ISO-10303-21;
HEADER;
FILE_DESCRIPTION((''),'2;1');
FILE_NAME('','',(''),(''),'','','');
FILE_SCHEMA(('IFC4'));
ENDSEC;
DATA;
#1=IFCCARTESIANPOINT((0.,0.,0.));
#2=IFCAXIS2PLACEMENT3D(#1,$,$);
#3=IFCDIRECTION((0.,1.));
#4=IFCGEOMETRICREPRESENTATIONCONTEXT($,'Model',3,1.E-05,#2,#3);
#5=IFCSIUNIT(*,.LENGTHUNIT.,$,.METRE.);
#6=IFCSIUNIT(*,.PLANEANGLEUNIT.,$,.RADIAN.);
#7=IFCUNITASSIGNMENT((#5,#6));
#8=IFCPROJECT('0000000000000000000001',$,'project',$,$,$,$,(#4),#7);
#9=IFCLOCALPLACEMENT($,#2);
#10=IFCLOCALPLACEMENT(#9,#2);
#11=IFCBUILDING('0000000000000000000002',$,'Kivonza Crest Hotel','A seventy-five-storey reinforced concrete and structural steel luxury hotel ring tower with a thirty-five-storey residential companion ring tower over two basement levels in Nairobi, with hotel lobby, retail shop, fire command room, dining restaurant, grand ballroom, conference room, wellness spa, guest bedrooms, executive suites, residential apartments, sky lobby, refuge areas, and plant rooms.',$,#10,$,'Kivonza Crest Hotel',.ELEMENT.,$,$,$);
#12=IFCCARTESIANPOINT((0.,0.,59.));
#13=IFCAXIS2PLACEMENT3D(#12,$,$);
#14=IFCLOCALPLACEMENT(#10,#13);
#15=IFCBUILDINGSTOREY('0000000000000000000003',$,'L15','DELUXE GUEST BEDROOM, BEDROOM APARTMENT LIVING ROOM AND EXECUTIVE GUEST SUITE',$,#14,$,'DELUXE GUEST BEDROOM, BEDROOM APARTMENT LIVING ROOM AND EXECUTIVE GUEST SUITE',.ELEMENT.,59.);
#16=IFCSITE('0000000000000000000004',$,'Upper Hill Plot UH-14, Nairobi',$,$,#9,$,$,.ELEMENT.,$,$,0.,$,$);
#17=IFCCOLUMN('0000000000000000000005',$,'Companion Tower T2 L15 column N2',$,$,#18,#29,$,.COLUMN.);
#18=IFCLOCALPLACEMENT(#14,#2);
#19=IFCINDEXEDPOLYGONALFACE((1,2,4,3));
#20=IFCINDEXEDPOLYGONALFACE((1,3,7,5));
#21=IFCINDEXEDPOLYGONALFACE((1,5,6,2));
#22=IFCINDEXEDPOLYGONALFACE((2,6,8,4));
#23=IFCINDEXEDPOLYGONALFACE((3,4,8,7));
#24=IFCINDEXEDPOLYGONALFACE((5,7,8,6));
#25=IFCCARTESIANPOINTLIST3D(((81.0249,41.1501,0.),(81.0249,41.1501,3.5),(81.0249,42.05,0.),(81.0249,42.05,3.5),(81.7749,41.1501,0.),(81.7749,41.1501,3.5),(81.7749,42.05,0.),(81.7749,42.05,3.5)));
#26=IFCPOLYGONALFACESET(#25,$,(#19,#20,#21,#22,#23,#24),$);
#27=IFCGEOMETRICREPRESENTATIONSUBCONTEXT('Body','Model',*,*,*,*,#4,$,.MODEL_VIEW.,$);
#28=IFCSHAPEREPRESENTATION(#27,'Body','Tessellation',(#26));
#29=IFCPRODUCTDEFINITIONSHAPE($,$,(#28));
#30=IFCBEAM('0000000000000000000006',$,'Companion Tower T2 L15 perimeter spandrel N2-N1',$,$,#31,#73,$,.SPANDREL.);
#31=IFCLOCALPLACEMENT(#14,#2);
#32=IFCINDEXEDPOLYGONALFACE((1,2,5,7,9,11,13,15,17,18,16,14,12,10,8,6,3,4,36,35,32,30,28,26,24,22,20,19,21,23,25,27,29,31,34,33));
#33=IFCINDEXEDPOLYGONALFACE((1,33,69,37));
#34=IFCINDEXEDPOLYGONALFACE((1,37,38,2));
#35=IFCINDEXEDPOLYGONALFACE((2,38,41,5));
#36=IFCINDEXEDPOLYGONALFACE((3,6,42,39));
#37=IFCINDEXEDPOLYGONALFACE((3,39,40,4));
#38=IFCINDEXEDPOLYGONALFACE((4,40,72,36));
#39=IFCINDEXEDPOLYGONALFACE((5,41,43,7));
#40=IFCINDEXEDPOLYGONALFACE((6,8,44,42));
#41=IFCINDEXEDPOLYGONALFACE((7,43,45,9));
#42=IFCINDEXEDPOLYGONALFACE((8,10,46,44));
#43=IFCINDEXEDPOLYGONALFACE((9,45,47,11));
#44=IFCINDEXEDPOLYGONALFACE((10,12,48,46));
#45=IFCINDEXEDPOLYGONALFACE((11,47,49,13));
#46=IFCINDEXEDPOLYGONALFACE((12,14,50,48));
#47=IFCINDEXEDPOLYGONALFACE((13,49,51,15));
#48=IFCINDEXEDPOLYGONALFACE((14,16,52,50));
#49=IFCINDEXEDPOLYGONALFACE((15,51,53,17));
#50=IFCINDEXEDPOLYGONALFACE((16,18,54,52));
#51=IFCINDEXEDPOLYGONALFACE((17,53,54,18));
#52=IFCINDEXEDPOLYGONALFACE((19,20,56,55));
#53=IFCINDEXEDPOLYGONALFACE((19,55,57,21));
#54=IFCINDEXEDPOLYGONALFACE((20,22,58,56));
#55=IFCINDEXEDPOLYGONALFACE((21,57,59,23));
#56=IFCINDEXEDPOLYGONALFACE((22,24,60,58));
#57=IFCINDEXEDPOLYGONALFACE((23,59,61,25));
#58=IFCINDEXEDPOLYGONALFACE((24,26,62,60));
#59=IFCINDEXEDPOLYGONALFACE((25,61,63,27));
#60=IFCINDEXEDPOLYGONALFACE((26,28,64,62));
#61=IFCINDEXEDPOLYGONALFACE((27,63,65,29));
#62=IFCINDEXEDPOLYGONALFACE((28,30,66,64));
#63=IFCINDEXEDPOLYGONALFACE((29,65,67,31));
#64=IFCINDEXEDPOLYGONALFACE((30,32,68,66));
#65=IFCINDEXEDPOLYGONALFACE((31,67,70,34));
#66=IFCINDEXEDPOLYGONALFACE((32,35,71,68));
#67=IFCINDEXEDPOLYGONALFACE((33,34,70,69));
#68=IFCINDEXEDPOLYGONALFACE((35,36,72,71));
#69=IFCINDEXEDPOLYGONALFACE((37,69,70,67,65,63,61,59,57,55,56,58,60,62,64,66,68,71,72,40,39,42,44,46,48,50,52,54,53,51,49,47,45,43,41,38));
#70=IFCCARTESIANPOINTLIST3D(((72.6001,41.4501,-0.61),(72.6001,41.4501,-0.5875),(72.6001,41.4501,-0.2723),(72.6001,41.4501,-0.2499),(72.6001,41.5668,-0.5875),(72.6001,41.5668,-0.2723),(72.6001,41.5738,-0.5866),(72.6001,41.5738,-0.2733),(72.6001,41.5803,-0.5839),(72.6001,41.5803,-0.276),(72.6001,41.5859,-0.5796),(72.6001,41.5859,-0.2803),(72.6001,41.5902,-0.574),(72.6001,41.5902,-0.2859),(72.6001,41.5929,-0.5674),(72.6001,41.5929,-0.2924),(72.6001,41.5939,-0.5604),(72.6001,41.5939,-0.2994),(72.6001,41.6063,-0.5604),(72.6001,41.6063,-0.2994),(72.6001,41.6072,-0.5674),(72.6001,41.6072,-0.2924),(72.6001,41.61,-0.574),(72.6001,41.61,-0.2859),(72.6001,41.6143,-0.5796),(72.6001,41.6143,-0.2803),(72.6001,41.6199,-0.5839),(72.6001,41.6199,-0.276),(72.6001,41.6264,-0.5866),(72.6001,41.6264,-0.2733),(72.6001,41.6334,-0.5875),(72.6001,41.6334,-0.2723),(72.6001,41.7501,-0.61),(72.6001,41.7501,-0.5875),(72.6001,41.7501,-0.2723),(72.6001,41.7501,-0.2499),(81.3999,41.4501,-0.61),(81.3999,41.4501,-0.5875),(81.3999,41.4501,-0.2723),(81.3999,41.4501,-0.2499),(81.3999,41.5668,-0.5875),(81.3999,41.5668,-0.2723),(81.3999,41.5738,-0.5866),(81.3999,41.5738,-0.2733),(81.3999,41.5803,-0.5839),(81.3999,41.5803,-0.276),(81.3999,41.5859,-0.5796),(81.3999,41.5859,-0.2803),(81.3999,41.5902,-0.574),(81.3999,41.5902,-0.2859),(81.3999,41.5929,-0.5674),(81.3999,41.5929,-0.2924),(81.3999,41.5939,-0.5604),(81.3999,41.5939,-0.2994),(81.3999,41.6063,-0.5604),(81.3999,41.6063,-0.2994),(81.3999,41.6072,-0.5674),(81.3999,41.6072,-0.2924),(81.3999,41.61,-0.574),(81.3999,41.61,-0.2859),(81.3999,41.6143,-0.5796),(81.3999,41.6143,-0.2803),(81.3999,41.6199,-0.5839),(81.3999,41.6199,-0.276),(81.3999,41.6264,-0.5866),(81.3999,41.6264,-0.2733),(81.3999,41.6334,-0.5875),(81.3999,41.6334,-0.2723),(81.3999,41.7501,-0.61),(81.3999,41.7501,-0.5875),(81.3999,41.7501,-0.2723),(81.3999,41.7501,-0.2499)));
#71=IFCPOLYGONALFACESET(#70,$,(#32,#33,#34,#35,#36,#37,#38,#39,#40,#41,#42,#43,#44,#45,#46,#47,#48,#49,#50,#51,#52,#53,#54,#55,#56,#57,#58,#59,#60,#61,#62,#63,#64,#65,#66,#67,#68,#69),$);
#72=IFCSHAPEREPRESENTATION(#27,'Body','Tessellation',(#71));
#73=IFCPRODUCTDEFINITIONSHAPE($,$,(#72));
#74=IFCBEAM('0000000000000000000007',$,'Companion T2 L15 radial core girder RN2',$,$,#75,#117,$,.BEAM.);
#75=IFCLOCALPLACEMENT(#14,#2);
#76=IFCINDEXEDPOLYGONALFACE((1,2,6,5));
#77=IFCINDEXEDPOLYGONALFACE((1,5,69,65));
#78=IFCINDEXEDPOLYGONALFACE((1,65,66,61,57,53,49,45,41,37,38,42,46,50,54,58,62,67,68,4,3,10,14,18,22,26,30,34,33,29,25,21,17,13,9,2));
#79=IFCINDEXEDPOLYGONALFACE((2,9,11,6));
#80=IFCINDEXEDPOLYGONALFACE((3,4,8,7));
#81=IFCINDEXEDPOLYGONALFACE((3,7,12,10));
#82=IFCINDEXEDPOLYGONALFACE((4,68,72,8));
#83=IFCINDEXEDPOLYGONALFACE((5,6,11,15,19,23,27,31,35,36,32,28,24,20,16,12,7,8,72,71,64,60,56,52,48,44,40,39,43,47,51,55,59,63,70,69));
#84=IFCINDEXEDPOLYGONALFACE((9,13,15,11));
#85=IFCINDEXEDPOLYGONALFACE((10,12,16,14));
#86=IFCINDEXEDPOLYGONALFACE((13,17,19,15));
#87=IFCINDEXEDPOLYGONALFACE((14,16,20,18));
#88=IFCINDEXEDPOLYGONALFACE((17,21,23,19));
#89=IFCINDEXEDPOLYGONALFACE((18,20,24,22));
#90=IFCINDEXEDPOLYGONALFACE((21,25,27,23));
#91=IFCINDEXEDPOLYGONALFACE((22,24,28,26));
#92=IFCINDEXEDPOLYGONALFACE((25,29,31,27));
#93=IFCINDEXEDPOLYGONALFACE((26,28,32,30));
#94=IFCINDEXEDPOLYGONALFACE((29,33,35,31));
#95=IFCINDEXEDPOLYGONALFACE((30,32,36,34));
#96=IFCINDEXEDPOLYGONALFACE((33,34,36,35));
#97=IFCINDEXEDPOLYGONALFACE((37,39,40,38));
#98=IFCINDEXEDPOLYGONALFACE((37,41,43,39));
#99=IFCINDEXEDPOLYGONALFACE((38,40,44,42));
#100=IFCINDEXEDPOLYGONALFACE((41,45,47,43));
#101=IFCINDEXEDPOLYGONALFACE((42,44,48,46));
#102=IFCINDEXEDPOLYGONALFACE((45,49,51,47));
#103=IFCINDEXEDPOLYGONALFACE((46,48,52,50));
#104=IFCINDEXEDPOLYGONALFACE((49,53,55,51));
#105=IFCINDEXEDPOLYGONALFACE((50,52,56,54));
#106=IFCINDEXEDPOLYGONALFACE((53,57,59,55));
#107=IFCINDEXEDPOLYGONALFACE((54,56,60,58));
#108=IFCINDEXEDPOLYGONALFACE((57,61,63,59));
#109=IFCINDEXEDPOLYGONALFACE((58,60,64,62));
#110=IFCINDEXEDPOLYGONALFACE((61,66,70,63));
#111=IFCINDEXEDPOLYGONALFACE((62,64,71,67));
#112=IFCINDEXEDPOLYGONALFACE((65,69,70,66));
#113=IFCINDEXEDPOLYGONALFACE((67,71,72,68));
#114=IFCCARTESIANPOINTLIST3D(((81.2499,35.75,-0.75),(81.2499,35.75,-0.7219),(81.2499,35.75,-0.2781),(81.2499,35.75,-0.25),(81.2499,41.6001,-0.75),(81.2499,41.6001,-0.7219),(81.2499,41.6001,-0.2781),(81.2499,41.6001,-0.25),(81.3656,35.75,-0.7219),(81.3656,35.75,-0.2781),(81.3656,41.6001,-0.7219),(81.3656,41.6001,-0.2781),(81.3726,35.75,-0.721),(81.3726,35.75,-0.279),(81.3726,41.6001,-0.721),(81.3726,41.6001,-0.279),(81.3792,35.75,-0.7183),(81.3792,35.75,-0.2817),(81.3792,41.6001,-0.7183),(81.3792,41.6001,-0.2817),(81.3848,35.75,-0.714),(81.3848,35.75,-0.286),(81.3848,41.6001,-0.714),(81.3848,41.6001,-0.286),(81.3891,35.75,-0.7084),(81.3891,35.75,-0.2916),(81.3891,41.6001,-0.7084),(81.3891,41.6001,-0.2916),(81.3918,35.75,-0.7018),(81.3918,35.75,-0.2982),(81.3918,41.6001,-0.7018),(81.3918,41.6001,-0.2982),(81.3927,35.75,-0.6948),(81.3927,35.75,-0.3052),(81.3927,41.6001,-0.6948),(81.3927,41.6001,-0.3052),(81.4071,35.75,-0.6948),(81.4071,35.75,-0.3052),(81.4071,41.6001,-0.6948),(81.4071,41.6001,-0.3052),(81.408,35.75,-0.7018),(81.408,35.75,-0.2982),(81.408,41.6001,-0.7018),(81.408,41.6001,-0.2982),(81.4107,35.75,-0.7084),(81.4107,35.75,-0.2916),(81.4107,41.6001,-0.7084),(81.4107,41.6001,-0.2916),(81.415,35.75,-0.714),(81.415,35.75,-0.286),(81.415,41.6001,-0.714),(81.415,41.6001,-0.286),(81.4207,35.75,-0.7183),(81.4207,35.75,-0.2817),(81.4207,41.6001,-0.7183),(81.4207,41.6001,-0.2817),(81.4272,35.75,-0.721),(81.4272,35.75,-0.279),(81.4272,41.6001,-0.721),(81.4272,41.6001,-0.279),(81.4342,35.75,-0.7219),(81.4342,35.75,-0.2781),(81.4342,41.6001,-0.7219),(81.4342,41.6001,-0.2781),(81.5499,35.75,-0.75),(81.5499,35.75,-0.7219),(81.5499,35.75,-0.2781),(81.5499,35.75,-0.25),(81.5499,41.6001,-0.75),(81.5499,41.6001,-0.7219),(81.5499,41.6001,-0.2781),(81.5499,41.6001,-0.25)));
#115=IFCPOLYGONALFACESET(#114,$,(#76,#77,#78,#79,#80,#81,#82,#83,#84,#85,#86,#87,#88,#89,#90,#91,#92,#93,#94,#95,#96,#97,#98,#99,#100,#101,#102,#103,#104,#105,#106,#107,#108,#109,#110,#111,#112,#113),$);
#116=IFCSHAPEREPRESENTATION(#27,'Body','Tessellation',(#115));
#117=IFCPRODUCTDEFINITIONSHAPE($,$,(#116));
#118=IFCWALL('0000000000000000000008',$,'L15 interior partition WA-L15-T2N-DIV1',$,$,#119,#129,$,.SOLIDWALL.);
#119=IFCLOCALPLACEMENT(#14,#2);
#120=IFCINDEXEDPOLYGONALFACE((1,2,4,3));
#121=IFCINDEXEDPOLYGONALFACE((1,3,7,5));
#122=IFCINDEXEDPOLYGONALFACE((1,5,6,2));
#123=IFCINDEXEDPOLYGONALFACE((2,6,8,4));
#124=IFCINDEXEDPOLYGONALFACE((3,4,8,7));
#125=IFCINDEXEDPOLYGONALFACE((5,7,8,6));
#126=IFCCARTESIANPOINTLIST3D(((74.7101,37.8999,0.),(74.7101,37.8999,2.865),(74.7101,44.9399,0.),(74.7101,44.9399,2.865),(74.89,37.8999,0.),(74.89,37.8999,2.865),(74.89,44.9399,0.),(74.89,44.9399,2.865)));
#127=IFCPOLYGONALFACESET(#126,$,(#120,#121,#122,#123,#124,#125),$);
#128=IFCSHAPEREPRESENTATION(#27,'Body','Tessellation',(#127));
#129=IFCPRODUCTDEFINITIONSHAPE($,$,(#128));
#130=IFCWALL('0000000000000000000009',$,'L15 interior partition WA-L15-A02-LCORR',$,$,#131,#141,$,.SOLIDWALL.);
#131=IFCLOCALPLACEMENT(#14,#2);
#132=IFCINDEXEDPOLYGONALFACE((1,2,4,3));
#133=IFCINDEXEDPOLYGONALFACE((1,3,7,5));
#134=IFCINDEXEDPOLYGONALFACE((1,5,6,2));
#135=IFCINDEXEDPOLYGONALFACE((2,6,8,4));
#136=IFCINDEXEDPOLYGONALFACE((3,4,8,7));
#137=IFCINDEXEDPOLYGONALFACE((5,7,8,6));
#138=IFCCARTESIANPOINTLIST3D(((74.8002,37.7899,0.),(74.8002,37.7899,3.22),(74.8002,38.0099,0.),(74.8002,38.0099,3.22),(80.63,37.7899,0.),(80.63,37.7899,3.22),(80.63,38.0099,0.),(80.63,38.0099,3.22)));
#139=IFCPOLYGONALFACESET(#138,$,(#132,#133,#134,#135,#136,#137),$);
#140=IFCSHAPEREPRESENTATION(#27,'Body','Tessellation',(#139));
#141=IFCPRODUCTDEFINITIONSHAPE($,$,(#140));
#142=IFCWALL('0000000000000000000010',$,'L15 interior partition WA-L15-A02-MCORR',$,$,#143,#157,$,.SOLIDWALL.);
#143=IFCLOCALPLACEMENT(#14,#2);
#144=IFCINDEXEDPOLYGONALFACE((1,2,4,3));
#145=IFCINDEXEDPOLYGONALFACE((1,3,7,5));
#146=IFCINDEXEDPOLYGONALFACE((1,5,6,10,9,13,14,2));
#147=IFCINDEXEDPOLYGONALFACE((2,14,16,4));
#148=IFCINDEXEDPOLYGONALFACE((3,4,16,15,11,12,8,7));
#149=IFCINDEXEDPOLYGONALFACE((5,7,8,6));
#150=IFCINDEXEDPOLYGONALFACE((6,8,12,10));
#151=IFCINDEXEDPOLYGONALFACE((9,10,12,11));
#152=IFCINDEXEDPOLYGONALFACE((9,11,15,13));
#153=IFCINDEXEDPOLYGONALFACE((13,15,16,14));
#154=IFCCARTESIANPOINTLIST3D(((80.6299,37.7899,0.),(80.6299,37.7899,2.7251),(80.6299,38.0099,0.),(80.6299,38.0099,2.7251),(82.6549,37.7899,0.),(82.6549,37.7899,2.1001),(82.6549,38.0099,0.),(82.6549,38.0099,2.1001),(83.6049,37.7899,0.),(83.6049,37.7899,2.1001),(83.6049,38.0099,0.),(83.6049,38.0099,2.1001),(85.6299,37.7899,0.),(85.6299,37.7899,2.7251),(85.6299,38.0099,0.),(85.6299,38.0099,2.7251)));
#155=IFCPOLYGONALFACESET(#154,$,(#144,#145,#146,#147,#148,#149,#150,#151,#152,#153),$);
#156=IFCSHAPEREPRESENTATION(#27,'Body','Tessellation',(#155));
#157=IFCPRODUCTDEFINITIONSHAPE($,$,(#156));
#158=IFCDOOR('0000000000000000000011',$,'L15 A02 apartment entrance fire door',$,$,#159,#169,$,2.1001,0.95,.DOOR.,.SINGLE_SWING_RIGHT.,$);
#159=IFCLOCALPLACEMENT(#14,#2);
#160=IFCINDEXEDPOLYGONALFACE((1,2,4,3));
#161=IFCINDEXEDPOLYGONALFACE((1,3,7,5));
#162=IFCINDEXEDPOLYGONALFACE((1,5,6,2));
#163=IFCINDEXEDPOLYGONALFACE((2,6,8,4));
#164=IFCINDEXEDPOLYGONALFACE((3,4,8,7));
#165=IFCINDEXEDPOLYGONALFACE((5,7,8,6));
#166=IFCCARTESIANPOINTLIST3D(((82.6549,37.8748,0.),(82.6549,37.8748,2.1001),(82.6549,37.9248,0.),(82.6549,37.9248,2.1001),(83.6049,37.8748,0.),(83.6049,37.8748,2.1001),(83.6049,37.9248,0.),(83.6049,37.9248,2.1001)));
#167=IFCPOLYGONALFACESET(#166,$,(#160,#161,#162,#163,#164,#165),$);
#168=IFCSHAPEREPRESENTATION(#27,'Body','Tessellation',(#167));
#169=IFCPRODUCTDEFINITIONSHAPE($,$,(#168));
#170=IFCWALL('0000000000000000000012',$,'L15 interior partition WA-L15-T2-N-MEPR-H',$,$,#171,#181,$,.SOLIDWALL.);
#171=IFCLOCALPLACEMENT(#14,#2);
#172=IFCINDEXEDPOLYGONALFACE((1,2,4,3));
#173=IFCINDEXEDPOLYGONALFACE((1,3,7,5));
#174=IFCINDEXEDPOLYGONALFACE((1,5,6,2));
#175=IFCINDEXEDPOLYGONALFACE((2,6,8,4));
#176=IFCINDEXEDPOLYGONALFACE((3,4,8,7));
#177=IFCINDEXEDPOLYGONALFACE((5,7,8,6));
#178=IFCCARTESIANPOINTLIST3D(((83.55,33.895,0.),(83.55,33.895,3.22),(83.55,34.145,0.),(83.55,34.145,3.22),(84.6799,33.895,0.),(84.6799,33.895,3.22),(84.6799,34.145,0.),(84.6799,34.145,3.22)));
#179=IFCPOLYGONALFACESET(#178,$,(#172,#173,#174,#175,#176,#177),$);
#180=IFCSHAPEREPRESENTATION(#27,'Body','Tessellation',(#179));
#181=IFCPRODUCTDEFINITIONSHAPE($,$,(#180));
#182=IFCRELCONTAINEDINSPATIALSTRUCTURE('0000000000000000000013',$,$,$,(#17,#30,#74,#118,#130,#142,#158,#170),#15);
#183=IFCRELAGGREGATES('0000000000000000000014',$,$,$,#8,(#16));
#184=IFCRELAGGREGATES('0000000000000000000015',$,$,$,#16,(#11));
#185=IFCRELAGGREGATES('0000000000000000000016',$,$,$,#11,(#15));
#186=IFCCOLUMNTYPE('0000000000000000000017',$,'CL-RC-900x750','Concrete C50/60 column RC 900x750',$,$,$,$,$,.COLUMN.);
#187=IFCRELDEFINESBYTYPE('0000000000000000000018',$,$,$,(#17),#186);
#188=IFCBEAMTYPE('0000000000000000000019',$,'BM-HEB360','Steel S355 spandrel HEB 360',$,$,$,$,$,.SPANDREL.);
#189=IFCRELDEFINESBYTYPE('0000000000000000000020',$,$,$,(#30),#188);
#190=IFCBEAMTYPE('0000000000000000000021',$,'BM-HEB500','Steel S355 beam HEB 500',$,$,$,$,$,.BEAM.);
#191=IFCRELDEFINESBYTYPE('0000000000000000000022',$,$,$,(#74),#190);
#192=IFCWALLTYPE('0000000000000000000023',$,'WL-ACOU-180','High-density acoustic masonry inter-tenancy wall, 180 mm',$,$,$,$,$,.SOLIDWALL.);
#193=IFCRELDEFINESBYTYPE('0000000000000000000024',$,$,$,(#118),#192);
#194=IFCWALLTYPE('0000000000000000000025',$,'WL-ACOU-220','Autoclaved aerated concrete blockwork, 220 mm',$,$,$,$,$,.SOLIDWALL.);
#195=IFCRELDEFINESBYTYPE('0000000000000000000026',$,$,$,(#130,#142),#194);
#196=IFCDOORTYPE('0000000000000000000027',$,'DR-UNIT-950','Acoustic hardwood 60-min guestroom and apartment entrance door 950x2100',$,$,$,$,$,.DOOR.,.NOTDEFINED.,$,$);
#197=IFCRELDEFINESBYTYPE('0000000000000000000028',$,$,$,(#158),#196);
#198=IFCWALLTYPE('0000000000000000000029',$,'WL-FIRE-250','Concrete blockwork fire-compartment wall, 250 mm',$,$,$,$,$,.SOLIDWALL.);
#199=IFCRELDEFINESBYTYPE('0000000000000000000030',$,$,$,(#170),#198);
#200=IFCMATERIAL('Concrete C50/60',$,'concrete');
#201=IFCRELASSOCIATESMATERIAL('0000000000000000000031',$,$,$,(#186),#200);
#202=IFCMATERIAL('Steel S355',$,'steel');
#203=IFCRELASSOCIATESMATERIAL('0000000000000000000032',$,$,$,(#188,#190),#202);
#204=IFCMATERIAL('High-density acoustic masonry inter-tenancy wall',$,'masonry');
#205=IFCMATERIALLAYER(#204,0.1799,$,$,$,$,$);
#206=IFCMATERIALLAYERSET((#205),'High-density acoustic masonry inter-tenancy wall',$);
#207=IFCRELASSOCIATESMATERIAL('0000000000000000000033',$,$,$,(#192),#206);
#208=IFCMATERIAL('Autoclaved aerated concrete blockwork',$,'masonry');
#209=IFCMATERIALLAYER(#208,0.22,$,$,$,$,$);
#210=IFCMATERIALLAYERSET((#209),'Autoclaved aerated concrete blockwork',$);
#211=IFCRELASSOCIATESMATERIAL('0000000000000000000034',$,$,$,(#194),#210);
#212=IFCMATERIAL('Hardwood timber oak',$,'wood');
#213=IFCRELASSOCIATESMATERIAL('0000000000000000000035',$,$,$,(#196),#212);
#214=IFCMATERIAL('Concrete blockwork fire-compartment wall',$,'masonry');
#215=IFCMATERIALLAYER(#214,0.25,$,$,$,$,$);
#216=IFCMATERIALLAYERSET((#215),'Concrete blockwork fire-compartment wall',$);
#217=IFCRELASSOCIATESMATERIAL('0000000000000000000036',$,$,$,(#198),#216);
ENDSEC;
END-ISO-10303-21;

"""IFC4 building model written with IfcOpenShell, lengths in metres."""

from ifc_helpers import new_model, si_unit, direction, frame, frame_2d, origin, origin_2d, place, context, subcontext, project, spatial, rectangle, i_section, extrude, material, layer, layer_set, material_profile, profile_set, type_object, element, fill, save


model = new_model("IFC4")

# Units and contexts
model_context = context("Model", 3, precision=1e-05, world=origin(), true_north=direction((0.0, 1.0)))
body_context = subcontext(model_context, "Body", "Model", "MODEL_VIEW")
ifc_project = project(units=[si_unit("LENGTHUNIT", "METRE"), si_unit("PLANEANGLEUNIT", "RADIAN")], contexts=[model_context])

# Site, building, storey
site_placement = place(None, origin())
site = spatial("IfcSite", under=ifc_project, at=site_placement, Name="Upper Hill Plot UH-14, Nairobi", CompositionType="ELEMENT", RefElevation=0.0)
building_placement = place(site_placement, origin())
building = spatial("IfcBuilding", under=site, at=building_placement, Name="Kivonza Crest Hotel", Description="A seventy-five-storey reinforced concrete and structural steel luxury hotel ring tower with a thirty-five-storey residential companion ring tower over two basement levels in Nairobi, with hotel lobby, retail shop, fire command room, dining restaurant, grand ballroom, conference room, wellness spa, guest bedrooms, executive suites, residential apartments, sky lobby, refuge areas, and plant rooms.", LongName="Kivonza Crest Hotel", CompositionType="ELEMENT")
storey_placement = place(building_placement, frame((0.0, 0.0, 59.0)))
storey = spatial("IfcBuildingStorey", under=building, at=storey_placement, Name="L15", Description="DELUXE GUEST BEDROOM, BEDROOM APARTMENT LIVING ROOM AND EXECUTIVE GUEST SUITE", LongName="DELUXE GUEST BEDROOM, BEDROOM APARTMENT LIVING ROOM AND EXECUTIVE GUEST SUITE", CompositionType="ELEMENT", Elevation=59.0)

# Column
ifc_material_1 = material(Name="Concrete C50/60", Category="concrete")
ifc_material_profile_1 = material_profile(ifc_material_1, rectangle(XDim=0.75, YDim=0.8999, at=origin_2d()), Name="RC 900x750")
ifc_profile_set_1 = profile_set([ifc_material_profile_1], Name="Concrete C50/60")
column_type = type_object("IfcColumnType", Name="CL-RC-900x750", Description="Concrete C50/60 column RC 900x750", PredefinedType="COLUMN", material=ifc_profile_set_1)
column_placement = place(storey_placement, frame((81.3999, 41.6001, 0.0), z_axis=(0.0, 0.0, 1.0), x_axis=(1.0, 0.0, 0.0)))
element("IfcColumn", 1, at=column_placement, inside=storey, type_object=column_type, Name="Companion Tower T2 L15 column N2", PredefinedType="COLUMN", context=body_context, shape_type="SweptSolid", body=[
    extrude(rectangle(XDim=0.75, YDim=0.8999, at=origin_2d()), origin(), (0.0, 0.0, 1.0), 3.5),
])

# Beams
ifc_material_2 = material(Name="Steel S355", Category="steel")
ifc_material_profile_2 = material_profile(ifc_material_2, i_section(OverallWidth=0.3, OverallDepth=0.3601, WebThickness=0.0125, FlangeThickness=0.0225, FilletRadius=0.0271, at=origin_2d()), Name="HEB 360")
ifc_profile_set_2 = profile_set([ifc_material_profile_2], Name="Steel S355")
beam_type_1 = type_object("IfcBeamType", Name="BM-HEB360", Description="Steel S355 spandrel HEB 360", PredefinedType="SPANDREL", material=ifc_profile_set_2)
beam_1_placement = place(storey_placement, frame((81.3999, 41.6001, -0.4299), z_axis=(-1.0, 0.0, 0.0), x_axis=(0.0, -1.0, 0.0)))
element("IfcBeam", 2, at=beam_1_placement, inside=storey, type_object=beam_type_1, Name="Companion Tower T2 L15 perimeter spandrel N2-N1", PredefinedType="SPANDREL", context=body_context, shape_type="SweptSolid", body=[
    extrude(i_section(OverallWidth=0.3, OverallDepth=0.3601, WebThickness=0.0125, FlangeThickness=0.0225, FilletRadius=0.0271, at=origin_2d()), origin(), (0.0, 0.0, 1.0), 8.7998),
])
ifc_material_profile_3 = material_profile(ifc_material_2, i_section(OverallWidth=0.3, OverallDepth=0.5, WebThickness=0.0144, FlangeThickness=0.0281, FilletRadius=0.0271, at=origin_2d()), Name="HEB 500")
ifc_profile_set_3 = profile_set([ifc_material_profile_3], Name="Steel S355")
beam_type_2 = type_object("IfcBeamType", Name="BM-HEB500", Description="Steel S355 beam HEB 500", PredefinedType="BEAM", material=ifc_profile_set_3)
beam_2_placement = place(storey_placement, frame((81.3999, 41.6001, -0.5), z_axis=(0.0, -1.0, 0.0), x_axis=(1.0, 0.0, 0.0)))
element("IfcBeam", 3, at=beam_2_placement, inside=storey, type_object=beam_type_2, Name="Companion T2 L15 radial core girder RN2", PredefinedType="BEAM", context=body_context, shape_type="SweptSolid", body=[
    extrude(i_section(OverallWidth=0.3, OverallDepth=0.5, WebThickness=0.0144, FlangeThickness=0.0281, FilletRadius=0.0271, at=origin_2d()), origin(), (0.0, 0.0, 1.0), 5.8501),
])

# Walls
ifc_material_3 = material(Name="High-density acoustic masonry inter-tenancy wall", Category="masonry")
ifc_layer_1 = layer(ifc_material_3, 0.1799)
ifc_layer_set_1 = layer_set([ifc_layer_1], Name="High-density acoustic masonry inter-tenancy wall")
wall_type_1 = type_object("IfcWallType", Name="WL-ACOU-180", Description="High-density acoustic masonry inter-tenancy wall, 180 mm", PredefinedType="SOLIDWALL", material=ifc_layer_set_1)
wall_1_placement = place(storey_placement, frame((74.8, 37.8999, 0.0), z_axis=(0.0, 0.0, 1.0), x_axis=(0.0, 1.0, 0.0)))
element("IfcWall", 4, at=wall_1_placement, inside=storey, type_object=wall_type_1, Name="L15 interior partition WA-L15-T2N-DIV1", PredefinedType="SOLIDWALL", context=body_context, shape_type="SweptSolid", body=[
    extrude(rectangle(XDim=7.04, YDim=0.1799, at=frame_2d((3.52, 0.0))), origin(), (0.0, 0.0, 1.0), 2.865),
])
ifc_material_4 = material(Name="Autoclaved aerated concrete blockwork", Category="masonry")
ifc_layer_2 = layer(ifc_material_4, 0.22)
ifc_layer_set_2 = layer_set([ifc_layer_2], Name="Autoclaved aerated concrete blockwork")
wall_type_2 = type_object("IfcWallType", Name="WL-ACOU-220", Description="Autoclaved aerated concrete blockwork, 220 mm", PredefinedType="SOLIDWALL", material=ifc_layer_set_2)
wall_2_placement = place(storey_placement, frame((74.8, 37.8999, 0.0), z_axis=(0.0, 0.0, 1.0), x_axis=(1.0, 0.0, 0.0)))
element("IfcWall", 5, at=wall_2_placement, inside=storey, type_object=wall_type_2, Name="L15 interior partition WA-L15-A02-LCORR", PredefinedType="SOLIDWALL", context=body_context, shape_type="SweptSolid", body=[
    extrude(rectangle(XDim=5.8298, YDim=0.22, at=frame_2d((2.915, 0.0))), origin(), (0.0, 0.0, 1.0), 3.22),
])

# Wall, opening, door
wall_3_placement = place(storey_placement, frame((80.6299, 37.8999, 0.0), z_axis=(0.0, 0.0, 1.0), x_axis=(1.0, 0.0, 0.0)))
wall_3 = element("IfcWall", 6, at=wall_3_placement, inside=storey, type_object=wall_type_2, Name="L15 interior partition WA-L15-A02-MCORR", PredefinedType="SOLIDWALL", context=body_context, shape_type="SweptSolid", body=[
    extrude(rectangle(XDim=5.0, YDim=0.22, at=frame_2d((2.5, 0.0))), origin(), (0.0, 0.0, 1.0), 2.7251),
])
opening_1_placement = place(wall_3_placement, frame((2.0249, 0.0, 0.0)))
opening_1 = element("IfcOpeningElement", 7, at=opening_1_placement, cuts=wall_3, PredefinedType="OPENING", context=body_context, shape_type="SweptSolid", body=[
    extrude(rectangle(XDim=0.95, YDim=2.1001, at=frame_2d((0.4751, 1.05))), frame((0.0, 0.1201, 0.0), z_axis=(0.0, -1.0, 0.0), x_axis=(1.0, 0.0, 0.0)), (0.0, 0.0, 1.0), 0.24),
])
ifc_material_5 = material(Name="Hardwood timber oak", Category="wood")
door_type_1 = type_object("IfcDoorType", Name="DR-UNIT-950", Description="Acoustic hardwood 60-min guestroom and apartment entrance door 950x2100", OperationType="NOTDEFINED", PredefinedType="DOOR", material=ifc_material_5)
door_1_placement = place(opening_1_placement, origin())
door_1 = element("IfcDoor", 8, at=door_1_placement, inside=storey, type_object=door_type_1, Name="L15 A02 apartment entrance fire door", OperationType="SINGLE_SWING_RIGHT", OverallHeight=2.1001, OverallWidth=0.95, PredefinedType="DOOR", context=body_context, shape_type="SweptSolid", body=[
    extrude(rectangle(XDim=0.95, YDim=2.1001, at=frame_2d((0.4751, 1.05))), frame((0.0, 0.0249, 0.0), z_axis=(0.0, -1.0, 0.0), x_axis=(1.0, 0.0, 0.0)), (0.0, 0.0, 1.0), 0.05),
])
fill(opening_1, door_1)

# Wall
ifc_material_6 = material(Name="Concrete blockwork fire-compartment wall", Category="masonry")
ifc_layer_3 = layer(ifc_material_6, 0.25)
ifc_layer_set_3 = layer_set([ifc_layer_3], Name="Concrete blockwork fire-compartment wall")
wall_type_3 = type_object("IfcWallType", Name="WL-FIRE-250", Description="Concrete blockwork fire-compartment wall, 250 mm", PredefinedType="SOLIDWALL", material=ifc_layer_set_3)
wall_4_placement = place(storey_placement, frame((83.55, 34.02, 0.0), z_axis=(0.0, 0.0, 1.0), x_axis=(1.0, 0.0, 0.0)))
element("IfcWall", 9, at=wall_4_placement, inside=storey, type_object=wall_type_3, Name="L15 interior partition WA-L15-T2-N-MEPR-H", PredefinedType="SOLIDWALL", context=body_context, shape_type="SweptSolid", body=[
    extrude(rectangle(XDim=1.1299, YDim=0.25, at=frame_2d((0.5649, 0.0))), origin(), (0.0, 0.0, 1.0), 3.22),
])

save(model, "model.ifc")
